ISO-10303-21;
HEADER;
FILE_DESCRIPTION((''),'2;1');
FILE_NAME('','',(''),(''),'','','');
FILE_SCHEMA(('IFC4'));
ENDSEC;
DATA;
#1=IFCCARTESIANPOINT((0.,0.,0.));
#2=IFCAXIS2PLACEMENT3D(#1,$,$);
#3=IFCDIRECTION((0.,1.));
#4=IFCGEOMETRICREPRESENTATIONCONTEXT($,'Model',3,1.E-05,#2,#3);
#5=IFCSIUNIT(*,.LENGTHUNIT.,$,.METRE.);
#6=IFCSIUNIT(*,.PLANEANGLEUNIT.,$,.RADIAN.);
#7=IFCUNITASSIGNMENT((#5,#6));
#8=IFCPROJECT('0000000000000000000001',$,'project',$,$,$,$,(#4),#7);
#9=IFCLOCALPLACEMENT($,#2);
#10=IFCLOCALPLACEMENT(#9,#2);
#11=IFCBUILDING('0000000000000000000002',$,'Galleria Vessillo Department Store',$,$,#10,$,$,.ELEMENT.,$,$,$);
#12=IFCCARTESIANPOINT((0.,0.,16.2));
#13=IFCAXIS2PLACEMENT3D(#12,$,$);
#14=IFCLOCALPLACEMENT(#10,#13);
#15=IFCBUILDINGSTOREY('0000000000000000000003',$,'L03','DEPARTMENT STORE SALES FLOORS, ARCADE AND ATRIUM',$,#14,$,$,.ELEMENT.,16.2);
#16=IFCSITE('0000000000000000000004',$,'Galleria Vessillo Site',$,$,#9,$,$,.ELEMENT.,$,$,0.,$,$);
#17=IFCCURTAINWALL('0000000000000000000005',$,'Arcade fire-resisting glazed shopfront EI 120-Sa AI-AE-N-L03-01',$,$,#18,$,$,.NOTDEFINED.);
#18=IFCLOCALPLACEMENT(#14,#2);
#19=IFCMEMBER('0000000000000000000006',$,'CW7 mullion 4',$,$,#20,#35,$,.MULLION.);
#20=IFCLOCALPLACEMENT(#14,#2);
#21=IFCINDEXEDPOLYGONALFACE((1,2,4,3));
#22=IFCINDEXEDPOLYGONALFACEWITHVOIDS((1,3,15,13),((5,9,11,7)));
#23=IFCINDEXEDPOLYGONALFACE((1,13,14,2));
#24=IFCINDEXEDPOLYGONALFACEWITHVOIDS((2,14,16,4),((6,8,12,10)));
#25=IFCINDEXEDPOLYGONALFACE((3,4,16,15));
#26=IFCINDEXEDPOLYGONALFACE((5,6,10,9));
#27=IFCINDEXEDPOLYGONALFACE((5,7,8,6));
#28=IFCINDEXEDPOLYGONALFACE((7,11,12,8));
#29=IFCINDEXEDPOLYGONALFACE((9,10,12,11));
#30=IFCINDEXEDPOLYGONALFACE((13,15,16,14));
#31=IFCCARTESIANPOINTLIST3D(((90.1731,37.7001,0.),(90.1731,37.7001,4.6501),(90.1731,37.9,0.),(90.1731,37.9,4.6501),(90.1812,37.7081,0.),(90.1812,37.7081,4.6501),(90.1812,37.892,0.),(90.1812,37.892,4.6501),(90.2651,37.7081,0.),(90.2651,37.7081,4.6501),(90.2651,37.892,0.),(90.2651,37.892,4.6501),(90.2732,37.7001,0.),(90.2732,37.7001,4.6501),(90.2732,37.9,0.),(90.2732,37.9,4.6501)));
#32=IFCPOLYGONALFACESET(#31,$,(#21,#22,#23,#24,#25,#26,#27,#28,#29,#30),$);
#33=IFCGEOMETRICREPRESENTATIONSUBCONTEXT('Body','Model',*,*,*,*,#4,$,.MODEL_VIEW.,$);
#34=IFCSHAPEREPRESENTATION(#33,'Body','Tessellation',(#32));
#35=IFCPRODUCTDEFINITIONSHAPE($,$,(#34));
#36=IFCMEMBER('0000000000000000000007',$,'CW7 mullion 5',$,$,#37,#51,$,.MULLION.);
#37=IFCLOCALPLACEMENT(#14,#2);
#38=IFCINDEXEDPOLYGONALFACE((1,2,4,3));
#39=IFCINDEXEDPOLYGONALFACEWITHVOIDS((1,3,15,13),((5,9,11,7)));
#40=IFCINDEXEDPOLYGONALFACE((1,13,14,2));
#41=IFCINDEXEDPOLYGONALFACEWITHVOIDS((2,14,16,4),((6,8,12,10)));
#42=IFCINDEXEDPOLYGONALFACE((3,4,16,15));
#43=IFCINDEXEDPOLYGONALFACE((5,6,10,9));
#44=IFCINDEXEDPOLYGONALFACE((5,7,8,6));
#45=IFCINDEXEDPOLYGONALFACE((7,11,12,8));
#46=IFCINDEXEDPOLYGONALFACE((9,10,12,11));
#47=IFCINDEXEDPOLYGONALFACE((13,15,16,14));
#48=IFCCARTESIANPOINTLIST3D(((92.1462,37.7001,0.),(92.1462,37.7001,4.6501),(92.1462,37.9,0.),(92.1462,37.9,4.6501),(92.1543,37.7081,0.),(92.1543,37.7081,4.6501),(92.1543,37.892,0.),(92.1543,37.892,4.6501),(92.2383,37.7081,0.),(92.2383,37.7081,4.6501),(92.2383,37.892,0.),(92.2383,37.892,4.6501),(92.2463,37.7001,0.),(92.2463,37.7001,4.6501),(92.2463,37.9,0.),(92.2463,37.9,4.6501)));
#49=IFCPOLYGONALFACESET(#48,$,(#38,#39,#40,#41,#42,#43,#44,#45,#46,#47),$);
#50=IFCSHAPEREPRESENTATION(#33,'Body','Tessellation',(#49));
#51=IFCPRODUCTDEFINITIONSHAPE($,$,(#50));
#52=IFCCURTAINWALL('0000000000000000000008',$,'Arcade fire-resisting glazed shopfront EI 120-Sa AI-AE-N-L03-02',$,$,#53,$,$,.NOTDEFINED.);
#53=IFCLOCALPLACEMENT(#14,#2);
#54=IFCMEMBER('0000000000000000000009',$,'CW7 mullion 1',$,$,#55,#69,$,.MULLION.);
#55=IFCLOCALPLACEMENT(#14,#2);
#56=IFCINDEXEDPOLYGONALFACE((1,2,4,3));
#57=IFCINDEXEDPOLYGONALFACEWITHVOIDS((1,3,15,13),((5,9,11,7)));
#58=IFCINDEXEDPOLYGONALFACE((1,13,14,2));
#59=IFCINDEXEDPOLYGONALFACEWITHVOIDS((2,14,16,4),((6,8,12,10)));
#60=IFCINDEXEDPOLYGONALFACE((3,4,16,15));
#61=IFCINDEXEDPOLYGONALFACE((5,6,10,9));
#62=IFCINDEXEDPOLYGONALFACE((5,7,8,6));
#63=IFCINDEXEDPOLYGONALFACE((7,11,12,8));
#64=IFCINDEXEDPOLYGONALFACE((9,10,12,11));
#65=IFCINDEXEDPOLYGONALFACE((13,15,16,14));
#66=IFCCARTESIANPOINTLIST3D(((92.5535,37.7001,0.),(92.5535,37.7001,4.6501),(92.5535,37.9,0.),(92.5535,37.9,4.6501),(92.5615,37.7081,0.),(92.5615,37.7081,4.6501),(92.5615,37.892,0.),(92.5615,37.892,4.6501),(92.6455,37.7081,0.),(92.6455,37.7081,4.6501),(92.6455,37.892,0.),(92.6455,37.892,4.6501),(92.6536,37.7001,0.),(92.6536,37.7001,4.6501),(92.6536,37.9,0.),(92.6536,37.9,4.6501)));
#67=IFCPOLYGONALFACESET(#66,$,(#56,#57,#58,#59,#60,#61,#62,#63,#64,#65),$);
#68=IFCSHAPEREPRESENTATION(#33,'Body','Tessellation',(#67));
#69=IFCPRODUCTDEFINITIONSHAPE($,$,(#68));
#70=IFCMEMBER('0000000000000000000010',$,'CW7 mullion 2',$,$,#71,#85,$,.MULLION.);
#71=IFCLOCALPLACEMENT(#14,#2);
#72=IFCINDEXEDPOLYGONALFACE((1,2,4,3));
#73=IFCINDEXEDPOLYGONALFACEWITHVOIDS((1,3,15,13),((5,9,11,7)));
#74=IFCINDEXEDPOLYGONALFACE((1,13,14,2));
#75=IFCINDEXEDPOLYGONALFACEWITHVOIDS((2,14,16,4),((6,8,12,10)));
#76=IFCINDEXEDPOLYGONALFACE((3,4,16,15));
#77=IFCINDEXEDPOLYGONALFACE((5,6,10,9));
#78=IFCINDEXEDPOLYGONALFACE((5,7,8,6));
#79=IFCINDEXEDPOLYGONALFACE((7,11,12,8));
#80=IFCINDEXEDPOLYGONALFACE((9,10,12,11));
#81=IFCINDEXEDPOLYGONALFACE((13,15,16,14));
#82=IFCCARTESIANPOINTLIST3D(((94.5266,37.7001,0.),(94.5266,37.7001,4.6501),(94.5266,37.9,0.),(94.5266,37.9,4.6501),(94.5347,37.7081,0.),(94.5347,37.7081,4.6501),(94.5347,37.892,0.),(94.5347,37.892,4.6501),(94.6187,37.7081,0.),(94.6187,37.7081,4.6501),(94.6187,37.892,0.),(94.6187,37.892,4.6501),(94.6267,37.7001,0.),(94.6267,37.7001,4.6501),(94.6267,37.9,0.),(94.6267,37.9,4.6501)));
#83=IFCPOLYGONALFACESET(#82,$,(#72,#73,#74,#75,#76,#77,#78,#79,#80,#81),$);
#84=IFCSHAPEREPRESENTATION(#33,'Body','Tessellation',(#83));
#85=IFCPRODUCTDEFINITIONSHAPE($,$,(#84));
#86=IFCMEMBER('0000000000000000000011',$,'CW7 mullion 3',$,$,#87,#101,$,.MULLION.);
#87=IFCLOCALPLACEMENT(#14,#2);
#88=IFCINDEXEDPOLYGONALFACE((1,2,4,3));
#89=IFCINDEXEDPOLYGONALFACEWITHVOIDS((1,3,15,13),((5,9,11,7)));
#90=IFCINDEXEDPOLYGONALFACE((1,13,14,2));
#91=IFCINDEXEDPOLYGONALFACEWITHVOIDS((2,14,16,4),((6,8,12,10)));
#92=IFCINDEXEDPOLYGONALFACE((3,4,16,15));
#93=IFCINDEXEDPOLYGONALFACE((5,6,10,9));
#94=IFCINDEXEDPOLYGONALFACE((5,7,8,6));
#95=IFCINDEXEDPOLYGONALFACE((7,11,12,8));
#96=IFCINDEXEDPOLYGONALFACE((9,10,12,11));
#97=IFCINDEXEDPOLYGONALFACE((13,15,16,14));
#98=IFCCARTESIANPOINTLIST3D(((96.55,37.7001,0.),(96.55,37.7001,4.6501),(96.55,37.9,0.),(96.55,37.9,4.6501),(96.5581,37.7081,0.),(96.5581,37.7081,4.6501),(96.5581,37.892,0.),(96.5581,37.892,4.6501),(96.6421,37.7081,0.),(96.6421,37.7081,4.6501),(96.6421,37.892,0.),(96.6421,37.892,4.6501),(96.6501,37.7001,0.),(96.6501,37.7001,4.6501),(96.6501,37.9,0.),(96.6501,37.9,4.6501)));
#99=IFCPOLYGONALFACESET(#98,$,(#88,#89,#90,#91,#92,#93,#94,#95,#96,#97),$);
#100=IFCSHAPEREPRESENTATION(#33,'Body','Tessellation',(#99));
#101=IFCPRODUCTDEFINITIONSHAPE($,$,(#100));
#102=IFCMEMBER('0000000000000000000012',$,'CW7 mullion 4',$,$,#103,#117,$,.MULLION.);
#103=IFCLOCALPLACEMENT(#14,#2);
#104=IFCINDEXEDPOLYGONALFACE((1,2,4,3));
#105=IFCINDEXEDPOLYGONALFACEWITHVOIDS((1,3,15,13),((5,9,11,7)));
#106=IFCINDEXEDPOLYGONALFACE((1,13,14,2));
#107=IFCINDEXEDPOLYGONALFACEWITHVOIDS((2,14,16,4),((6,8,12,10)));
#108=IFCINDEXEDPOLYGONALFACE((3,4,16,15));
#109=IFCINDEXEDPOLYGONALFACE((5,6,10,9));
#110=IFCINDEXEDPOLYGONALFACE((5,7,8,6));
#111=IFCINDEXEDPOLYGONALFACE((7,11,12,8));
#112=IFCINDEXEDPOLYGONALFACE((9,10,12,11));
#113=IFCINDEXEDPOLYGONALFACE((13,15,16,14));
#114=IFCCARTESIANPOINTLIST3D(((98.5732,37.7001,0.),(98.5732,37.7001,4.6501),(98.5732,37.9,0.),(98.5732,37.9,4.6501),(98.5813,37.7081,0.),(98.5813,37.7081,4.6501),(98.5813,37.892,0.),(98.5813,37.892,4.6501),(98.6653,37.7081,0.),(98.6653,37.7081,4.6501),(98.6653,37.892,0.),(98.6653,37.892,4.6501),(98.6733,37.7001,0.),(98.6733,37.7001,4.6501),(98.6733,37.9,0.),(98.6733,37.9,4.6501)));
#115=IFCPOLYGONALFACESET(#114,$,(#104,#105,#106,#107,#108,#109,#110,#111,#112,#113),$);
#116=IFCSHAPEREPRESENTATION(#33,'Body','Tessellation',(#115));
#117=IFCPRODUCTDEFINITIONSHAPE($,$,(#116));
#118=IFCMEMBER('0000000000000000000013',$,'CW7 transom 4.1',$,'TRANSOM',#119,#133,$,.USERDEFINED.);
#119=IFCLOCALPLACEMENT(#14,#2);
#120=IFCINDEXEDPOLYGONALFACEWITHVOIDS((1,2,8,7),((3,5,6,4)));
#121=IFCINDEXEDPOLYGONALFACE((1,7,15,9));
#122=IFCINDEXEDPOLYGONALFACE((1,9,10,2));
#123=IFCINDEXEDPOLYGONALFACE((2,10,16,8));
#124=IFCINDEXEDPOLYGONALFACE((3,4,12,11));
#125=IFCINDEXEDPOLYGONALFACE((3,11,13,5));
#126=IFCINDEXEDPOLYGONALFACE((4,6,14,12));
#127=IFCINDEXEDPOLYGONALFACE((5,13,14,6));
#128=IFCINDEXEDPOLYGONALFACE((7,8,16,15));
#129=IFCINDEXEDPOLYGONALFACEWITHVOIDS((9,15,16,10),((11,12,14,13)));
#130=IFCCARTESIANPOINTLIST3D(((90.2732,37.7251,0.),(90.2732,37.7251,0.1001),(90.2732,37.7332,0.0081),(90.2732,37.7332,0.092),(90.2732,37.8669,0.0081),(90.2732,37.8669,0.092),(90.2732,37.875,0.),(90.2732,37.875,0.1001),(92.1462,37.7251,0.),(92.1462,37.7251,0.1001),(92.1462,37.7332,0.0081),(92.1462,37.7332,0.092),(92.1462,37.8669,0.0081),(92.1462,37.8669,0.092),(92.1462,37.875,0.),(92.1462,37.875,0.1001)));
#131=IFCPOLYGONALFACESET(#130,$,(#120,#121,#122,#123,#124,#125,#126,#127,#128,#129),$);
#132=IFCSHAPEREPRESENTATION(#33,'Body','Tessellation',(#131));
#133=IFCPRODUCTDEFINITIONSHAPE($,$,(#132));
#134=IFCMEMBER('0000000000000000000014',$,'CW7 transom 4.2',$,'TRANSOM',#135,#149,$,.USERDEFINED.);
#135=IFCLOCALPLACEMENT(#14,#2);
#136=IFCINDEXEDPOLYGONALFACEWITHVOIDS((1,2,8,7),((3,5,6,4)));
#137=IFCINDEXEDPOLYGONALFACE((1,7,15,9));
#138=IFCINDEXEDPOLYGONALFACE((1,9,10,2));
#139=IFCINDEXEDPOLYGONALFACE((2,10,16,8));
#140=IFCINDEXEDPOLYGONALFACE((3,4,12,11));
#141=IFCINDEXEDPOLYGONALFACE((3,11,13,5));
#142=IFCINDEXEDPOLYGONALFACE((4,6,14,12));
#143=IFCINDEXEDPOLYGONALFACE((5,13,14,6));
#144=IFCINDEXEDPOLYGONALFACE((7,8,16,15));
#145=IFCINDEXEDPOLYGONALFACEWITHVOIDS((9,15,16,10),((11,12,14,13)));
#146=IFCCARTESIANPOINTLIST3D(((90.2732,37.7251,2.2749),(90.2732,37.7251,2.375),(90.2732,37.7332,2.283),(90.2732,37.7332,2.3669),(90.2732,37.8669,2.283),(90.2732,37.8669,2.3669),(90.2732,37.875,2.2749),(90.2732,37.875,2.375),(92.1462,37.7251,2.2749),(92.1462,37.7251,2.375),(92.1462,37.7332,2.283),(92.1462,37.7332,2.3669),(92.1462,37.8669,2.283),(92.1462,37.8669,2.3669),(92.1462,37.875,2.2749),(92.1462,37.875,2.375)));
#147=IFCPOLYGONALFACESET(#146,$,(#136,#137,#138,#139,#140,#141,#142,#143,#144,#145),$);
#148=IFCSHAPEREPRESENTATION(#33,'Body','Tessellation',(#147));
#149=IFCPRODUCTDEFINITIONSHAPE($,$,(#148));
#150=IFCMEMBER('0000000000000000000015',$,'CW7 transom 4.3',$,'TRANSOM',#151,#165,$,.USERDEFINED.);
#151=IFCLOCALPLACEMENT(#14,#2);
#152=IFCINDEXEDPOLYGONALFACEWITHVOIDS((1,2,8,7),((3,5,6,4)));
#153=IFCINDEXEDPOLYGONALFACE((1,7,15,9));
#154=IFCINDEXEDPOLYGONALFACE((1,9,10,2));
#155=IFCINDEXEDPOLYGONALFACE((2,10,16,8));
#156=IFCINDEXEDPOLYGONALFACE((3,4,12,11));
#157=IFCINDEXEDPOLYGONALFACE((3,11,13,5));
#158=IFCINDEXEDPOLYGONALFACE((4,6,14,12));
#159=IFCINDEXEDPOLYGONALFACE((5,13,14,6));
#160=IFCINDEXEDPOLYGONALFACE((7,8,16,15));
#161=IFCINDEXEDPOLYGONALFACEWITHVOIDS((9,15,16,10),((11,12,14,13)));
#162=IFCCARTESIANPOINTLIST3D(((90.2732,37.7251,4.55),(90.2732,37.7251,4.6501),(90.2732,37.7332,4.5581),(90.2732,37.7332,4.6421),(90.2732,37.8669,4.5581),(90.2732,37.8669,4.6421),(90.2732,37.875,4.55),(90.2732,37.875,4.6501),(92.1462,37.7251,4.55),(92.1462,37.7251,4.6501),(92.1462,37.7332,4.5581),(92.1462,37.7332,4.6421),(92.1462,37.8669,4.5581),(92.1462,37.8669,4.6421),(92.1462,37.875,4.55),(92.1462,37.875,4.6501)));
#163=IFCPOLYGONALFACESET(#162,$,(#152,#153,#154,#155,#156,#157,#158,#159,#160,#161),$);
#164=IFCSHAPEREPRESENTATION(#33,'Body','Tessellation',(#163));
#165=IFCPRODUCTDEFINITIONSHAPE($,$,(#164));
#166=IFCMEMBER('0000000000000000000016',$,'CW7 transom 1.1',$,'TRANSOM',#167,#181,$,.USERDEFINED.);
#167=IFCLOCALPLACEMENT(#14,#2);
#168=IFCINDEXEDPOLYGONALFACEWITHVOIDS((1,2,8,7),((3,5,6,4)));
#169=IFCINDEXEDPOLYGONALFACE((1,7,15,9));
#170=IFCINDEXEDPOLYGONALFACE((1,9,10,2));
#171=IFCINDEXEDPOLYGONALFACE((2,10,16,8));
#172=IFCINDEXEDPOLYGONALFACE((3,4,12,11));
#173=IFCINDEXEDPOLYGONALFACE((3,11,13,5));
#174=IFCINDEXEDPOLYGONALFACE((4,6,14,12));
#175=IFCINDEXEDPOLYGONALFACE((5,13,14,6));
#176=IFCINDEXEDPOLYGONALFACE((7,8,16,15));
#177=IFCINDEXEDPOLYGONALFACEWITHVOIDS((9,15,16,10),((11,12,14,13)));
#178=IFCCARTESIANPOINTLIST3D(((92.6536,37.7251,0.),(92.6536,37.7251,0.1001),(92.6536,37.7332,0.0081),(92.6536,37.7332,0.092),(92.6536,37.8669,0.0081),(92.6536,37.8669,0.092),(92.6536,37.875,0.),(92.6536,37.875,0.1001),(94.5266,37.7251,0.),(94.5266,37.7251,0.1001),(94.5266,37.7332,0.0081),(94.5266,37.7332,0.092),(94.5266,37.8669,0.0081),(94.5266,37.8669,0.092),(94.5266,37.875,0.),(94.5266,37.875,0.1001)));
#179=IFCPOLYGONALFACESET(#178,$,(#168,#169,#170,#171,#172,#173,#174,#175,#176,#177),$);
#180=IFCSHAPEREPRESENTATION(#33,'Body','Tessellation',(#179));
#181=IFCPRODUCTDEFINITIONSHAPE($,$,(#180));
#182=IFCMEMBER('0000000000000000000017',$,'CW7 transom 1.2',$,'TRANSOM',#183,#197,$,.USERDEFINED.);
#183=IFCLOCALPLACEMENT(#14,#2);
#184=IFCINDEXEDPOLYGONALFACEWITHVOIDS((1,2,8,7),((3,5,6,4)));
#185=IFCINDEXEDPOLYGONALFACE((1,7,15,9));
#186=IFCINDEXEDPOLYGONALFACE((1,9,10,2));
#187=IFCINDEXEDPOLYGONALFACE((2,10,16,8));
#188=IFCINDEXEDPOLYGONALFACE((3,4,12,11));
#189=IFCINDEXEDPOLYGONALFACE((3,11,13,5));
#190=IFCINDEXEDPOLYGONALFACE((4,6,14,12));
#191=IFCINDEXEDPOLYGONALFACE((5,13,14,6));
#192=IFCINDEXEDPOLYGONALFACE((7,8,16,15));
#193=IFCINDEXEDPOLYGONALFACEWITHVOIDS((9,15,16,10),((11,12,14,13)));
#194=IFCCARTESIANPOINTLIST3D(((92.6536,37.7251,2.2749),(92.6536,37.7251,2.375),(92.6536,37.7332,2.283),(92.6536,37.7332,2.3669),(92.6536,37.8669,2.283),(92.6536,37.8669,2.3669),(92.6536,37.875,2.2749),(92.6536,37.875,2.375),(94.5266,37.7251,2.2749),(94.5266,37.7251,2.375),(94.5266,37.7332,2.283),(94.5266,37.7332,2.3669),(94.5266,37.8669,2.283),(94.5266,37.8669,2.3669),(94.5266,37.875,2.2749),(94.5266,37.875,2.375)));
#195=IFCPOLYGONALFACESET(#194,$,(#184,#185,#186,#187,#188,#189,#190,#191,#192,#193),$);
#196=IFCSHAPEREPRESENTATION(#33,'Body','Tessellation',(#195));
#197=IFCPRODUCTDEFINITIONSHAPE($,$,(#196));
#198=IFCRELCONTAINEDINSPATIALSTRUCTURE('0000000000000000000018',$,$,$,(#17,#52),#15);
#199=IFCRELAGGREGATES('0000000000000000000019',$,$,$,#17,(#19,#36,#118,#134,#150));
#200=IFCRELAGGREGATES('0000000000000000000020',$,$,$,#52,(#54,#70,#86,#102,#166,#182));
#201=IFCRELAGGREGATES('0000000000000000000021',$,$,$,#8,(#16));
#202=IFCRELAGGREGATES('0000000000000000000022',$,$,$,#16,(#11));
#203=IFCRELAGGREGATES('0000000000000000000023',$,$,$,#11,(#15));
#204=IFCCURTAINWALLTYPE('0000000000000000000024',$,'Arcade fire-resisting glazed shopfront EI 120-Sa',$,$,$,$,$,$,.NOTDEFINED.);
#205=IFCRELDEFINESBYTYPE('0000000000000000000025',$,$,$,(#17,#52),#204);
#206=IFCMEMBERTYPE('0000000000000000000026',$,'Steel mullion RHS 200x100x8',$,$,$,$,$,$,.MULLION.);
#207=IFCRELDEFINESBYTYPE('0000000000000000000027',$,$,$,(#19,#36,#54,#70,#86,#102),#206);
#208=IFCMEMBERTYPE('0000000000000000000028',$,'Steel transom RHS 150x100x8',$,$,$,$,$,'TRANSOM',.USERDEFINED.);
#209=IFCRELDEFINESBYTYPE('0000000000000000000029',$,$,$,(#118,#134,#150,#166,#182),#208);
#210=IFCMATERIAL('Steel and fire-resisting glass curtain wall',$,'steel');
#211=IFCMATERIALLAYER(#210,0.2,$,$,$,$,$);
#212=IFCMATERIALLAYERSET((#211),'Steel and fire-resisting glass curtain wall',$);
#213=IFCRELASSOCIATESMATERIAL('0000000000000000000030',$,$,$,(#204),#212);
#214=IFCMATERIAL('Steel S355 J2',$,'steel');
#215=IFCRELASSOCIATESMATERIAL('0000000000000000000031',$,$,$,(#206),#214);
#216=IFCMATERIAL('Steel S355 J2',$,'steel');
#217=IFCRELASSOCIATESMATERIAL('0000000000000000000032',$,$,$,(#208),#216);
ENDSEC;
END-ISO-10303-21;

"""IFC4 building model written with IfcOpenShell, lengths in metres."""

from ifc_helpers import new_model, si_unit, direction, frame, origin, origin_2d, place, context, subcontext, project, spatial, hollow_rectangle, extrude, material, layer, layer_set, material_profile, profile_set, type_object, element, aggregate, save


model = new_model("IFC4")

# Units and contexts
model_context = context("Model", 3, precision=1e-05, world=origin(), true_north=direction((0.0, 1.0)))
body_context = subcontext(model_context, "Body", "Model", "MODEL_VIEW")
ifc_project = project(units=[si_unit("LENGTHUNIT", "METRE"), si_unit("PLANEANGLEUNIT", "RADIAN")], contexts=[model_context])

# Site, building, storey
site_placement = place(None, origin())
site = spatial("IfcSite", under=ifc_project, at=site_placement, Name="Galleria Vessillo Site", CompositionType="ELEMENT", RefElevation=0.0)
building_placement = place(site_placement, origin())
building = spatial("IfcBuilding", under=site, at=building_placement, Name="Galleria Vessillo Department Store", CompositionType="ELEMENT")
storey_placement = place(building_placement, frame((0.0, 0.0, 16.2)))
storey = spatial("IfcBuildingStorey", under=building, at=storey_placement, Name="L03", Description="DEPARTMENT STORE SALES FLOORS, ARCADE AND ATRIUM", CompositionType="ELEMENT", Elevation=16.2)

# Curtain walls, members
ifc_material_1 = material(Name="Steel and fire-resisting glass curtain wall", Category="steel")
ifc_layer_1 = layer(ifc_material_1, 0.2)
ifc_layer_set_1 = layer_set([ifc_layer_1], Name="Steel and fire-resisting glass curtain wall")
curtain_wall_type = type_object("IfcCurtainWallType", Name="Arcade fire-resisting glazed shopfront EI 120-Sa", PredefinedType="NOTDEFINED", material=ifc_layer_set_1)
curtain_wall_1_placement = place(storey_placement, origin())
curtain_wall_1 = element("IfcCurtainWall", 1, at=curtain_wall_1_placement, inside=storey, type_object=curtain_wall_type, Name="Arcade fire-resisting glazed shopfront EI 120-Sa AI-AE-N-L03-01", PredefinedType="NOTDEFINED")
ifc_material_2 = material(Name="Steel S355 J2", Category="steel")
ifc_material_profile_1 = material_profile(ifc_material_2, hollow_rectangle(XDim=0.2, YDim=0.1001, WallThickness=0.0081, at=origin_2d()), Name="RHS 200x100x8")
ifc_profile_set_1 = profile_set([ifc_material_profile_1], Name="Steel S355 J2")
member_type_1 = type_object("IfcMemberType", Name="Steel mullion RHS 200x100x8", PredefinedType="MULLION", material=ifc_profile_set_1)
member_1_placement = place(storey_placement, frame((90.2231, 37.8, 0.0), z_axis=(0.0, 0.0, 1.0), x_axis=(0.0, 1.0, 0.0)))
member_1 = element("IfcMember", 2, at=member_1_placement, type_object=member_type_1, Name="CW7 mullion 4", PredefinedType="MULLION", context=body_context, shape_type="SweptSolid", body=[
    extrude(hollow_rectangle(XDim=0.2, YDim=0.1001, WallThickness=0.0081, at=origin_2d()), origin(), (0.0, 0.0, 1.0), 4.6501),
])
member_2_placement = place(storey_placement, frame((92.1963, 37.8, 0.0), z_axis=(0.0, 0.0, 1.0), x_axis=(0.0, 1.0, 0.0)))
member_2 = element("IfcMember", 3, at=member_2_placement, type_object=member_type_1, Name="CW7 mullion 5", PredefinedType="MULLION", context=body_context, shape_type="SweptSolid", body=[
    extrude(hollow_rectangle(XDim=0.2, YDim=0.1001, WallThickness=0.0081, at=origin_2d()), origin(), (0.0, 0.0, 1.0), 4.6501),
])
curtain_wall_2_placement = place(storey_placement, origin())
curtain_wall_2 = element("IfcCurtainWall", 4, at=curtain_wall_2_placement, inside=storey, type_object=curtain_wall_type, Name="Arcade fire-resisting glazed shopfront EI 120-Sa AI-AE-N-L03-02", PredefinedType="NOTDEFINED")
member_3_placement = place(storey_placement, frame((92.6035, 37.8, 0.0), z_axis=(0.0, 0.0, 1.0), x_axis=(0.0, 1.0, 0.0)))
member_3 = element("IfcMember", 5, at=member_3_placement, type_object=member_type_1, Name="CW7 mullion 1", PredefinedType="MULLION", context=body_context, shape_type="SweptSolid", body=[
    extrude(hollow_rectangle(XDim=0.2, YDim=0.1001, WallThickness=0.0081, at=origin_2d()), origin(), (0.0, 0.0, 1.0), 4.6501),
])
member_4_placement = place(storey_placement, frame((94.5767, 37.8, 0.0), z_axis=(0.0, 0.0, 1.0), x_axis=(0.0, 1.0, 0.0)))
member_4 = element("IfcMember", 6, at=member_4_placement, type_object=member_type_1, Name="CW7 mullion 2", PredefinedType="MULLION", context=body_context, shape_type="SweptSolid", body=[
    extrude(hollow_rectangle(XDim=0.2, YDim=0.1001, WallThickness=0.0081, at=origin_2d()), origin(), (0.0, 0.0, 1.0), 4.6501),
])
member_5_placement = place(storey_placement, frame((96.6001, 37.8, 0.0), z_axis=(0.0, 0.0, 1.0), x_axis=(0.0, 1.0, 0.0)))
member_5 = element("IfcMember", 7, at=member_5_placement, type_object=member_type_1, Name="CW7 mullion 3", PredefinedType="MULLION", context=body_context, shape_type="SweptSolid", body=[
    extrude(hollow_rectangle(XDim=0.2, YDim=0.1001, WallThickness=0.0081, at=origin_2d()), origin(), (0.0, 0.0, 1.0), 4.6501),
])
member_6_placement = place(storey_placement, frame((98.6233, 37.8, 0.0), z_axis=(0.0, 0.0, 1.0), x_axis=(0.0, 1.0, 0.0)))
member_6 = element("IfcMember", 8, at=member_6_placement, type_object=member_type_1, Name="CW7 mullion 4", PredefinedType="MULLION", context=body_context, shape_type="SweptSolid", body=[
    extrude(hollow_rectangle(XDim=0.2, YDim=0.1001, WallThickness=0.0081, at=origin_2d()), origin(), (0.0, 0.0, 1.0), 4.6501),
])

# Members
ifc_material_3 = material(Name="Steel S355 J2", Category="steel")
ifc_material_profile_2 = material_profile(ifc_material_3, hollow_rectangle(XDim=0.1499, YDim=0.1001, WallThickness=0.0081, at=origin_2d()), Name="RHS 150x100x8")
ifc_profile_set_2 = profile_set([ifc_material_profile_2], Name="Steel S355 J2")
member_type_2 = type_object("IfcMemberType", Name="Steel transom RHS 150x100x8", ElementType="TRANSOM", PredefinedType="USERDEFINED", material=ifc_profile_set_2)
member_7_placement = place(storey_placement, frame((90.2732, 37.8, 0.05), z_axis=(1.0, 0.0, 0.0), x_axis=(0.0, 1.0, 0.0)))
member_7 = element("IfcMember", 9, at=member_7_placement, type_object=member_type_2, Name="CW7 transom 4.1", ObjectType="TRANSOM", PredefinedType="USERDEFINED", context=body_context, shape_type="SweptSolid", body=[
    extrude(hollow_rectangle(XDim=0.1499, YDim=0.1001, WallThickness=0.0081, at=origin_2d()), origin(), (0.0, 0.0, 1.0), 1.873),
])
member_8_placement = place(storey_placement, frame((90.2732, 37.8, 2.325), z_axis=(1.0, 0.0, 0.0), x_axis=(0.0, 1.0, 0.0)))
member_8 = element("IfcMember", 10, at=member_8_placement, type_object=member_type_2, Name="CW7 transom 4.2", ObjectType="TRANSOM", PredefinedType="USERDEFINED", context=body_context, shape_type="SweptSolid", body=[
    extrude(hollow_rectangle(XDim=0.1499, YDim=0.1001, WallThickness=0.0081, at=origin_2d()), origin(), (0.0, 0.0, 1.0), 1.873),
])
member_9_placement = place(storey_placement, frame((90.2732, 37.8, 4.6001), z_axis=(1.0, 0.0, 0.0), x_axis=(0.0, 1.0, 0.0)))
member_9 = element("IfcMember", 11, at=member_9_placement, type_object=member_type_2, Name="CW7 transom 4.3", ObjectType="TRANSOM", PredefinedType="USERDEFINED", context=body_context, shape_type="SweptSolid", body=[
    extrude(hollow_rectangle(XDim=0.1499, YDim=0.1001, WallThickness=0.0081, at=origin_2d()), origin(), (0.0, 0.0, 1.0), 1.873),
])
member_10_placement = place(storey_placement, frame((92.6536, 37.8, 0.05), z_axis=(1.0, 0.0, 0.0), x_axis=(0.0, 1.0, 0.0)))
member_10 = element("IfcMember", 12, at=member_10_placement, type_object=member_type_2, Name="CW7 transom 1.1", ObjectType="TRANSOM", PredefinedType="USERDEFINED", context=body_context, shape_type="SweptSolid", body=[
    extrude(hollow_rectangle(XDim=0.1499, YDim=0.1001, WallThickness=0.0081, at=origin_2d()), origin(), (0.0, 0.0, 1.0), 1.873),
])
member_11_placement = place(storey_placement, frame((92.6536, 37.8, 2.325), z_axis=(1.0, 0.0, 0.0), x_axis=(0.0, 1.0, 0.0)))
member_11 = element("IfcMember", 13, at=member_11_placement, type_object=member_type_2, Name="CW7 transom 1.2", ObjectType="TRANSOM", PredefinedType="USERDEFINED", context=body_context, shape_type="SweptSolid", body=[
    extrude(hollow_rectangle(XDim=0.1499, YDim=0.1001, WallThickness=0.0081, at=origin_2d()), origin(), (0.0, 0.0, 1.0), 1.873),
])

aggregate(curtain_wall_1, [member_1, member_2, member_7, member_8, member_9])
aggregate(curtain_wall_2, [member_3, member_4, member_5, member_6, member_10, member_11])

save(model, "model.ifc")
